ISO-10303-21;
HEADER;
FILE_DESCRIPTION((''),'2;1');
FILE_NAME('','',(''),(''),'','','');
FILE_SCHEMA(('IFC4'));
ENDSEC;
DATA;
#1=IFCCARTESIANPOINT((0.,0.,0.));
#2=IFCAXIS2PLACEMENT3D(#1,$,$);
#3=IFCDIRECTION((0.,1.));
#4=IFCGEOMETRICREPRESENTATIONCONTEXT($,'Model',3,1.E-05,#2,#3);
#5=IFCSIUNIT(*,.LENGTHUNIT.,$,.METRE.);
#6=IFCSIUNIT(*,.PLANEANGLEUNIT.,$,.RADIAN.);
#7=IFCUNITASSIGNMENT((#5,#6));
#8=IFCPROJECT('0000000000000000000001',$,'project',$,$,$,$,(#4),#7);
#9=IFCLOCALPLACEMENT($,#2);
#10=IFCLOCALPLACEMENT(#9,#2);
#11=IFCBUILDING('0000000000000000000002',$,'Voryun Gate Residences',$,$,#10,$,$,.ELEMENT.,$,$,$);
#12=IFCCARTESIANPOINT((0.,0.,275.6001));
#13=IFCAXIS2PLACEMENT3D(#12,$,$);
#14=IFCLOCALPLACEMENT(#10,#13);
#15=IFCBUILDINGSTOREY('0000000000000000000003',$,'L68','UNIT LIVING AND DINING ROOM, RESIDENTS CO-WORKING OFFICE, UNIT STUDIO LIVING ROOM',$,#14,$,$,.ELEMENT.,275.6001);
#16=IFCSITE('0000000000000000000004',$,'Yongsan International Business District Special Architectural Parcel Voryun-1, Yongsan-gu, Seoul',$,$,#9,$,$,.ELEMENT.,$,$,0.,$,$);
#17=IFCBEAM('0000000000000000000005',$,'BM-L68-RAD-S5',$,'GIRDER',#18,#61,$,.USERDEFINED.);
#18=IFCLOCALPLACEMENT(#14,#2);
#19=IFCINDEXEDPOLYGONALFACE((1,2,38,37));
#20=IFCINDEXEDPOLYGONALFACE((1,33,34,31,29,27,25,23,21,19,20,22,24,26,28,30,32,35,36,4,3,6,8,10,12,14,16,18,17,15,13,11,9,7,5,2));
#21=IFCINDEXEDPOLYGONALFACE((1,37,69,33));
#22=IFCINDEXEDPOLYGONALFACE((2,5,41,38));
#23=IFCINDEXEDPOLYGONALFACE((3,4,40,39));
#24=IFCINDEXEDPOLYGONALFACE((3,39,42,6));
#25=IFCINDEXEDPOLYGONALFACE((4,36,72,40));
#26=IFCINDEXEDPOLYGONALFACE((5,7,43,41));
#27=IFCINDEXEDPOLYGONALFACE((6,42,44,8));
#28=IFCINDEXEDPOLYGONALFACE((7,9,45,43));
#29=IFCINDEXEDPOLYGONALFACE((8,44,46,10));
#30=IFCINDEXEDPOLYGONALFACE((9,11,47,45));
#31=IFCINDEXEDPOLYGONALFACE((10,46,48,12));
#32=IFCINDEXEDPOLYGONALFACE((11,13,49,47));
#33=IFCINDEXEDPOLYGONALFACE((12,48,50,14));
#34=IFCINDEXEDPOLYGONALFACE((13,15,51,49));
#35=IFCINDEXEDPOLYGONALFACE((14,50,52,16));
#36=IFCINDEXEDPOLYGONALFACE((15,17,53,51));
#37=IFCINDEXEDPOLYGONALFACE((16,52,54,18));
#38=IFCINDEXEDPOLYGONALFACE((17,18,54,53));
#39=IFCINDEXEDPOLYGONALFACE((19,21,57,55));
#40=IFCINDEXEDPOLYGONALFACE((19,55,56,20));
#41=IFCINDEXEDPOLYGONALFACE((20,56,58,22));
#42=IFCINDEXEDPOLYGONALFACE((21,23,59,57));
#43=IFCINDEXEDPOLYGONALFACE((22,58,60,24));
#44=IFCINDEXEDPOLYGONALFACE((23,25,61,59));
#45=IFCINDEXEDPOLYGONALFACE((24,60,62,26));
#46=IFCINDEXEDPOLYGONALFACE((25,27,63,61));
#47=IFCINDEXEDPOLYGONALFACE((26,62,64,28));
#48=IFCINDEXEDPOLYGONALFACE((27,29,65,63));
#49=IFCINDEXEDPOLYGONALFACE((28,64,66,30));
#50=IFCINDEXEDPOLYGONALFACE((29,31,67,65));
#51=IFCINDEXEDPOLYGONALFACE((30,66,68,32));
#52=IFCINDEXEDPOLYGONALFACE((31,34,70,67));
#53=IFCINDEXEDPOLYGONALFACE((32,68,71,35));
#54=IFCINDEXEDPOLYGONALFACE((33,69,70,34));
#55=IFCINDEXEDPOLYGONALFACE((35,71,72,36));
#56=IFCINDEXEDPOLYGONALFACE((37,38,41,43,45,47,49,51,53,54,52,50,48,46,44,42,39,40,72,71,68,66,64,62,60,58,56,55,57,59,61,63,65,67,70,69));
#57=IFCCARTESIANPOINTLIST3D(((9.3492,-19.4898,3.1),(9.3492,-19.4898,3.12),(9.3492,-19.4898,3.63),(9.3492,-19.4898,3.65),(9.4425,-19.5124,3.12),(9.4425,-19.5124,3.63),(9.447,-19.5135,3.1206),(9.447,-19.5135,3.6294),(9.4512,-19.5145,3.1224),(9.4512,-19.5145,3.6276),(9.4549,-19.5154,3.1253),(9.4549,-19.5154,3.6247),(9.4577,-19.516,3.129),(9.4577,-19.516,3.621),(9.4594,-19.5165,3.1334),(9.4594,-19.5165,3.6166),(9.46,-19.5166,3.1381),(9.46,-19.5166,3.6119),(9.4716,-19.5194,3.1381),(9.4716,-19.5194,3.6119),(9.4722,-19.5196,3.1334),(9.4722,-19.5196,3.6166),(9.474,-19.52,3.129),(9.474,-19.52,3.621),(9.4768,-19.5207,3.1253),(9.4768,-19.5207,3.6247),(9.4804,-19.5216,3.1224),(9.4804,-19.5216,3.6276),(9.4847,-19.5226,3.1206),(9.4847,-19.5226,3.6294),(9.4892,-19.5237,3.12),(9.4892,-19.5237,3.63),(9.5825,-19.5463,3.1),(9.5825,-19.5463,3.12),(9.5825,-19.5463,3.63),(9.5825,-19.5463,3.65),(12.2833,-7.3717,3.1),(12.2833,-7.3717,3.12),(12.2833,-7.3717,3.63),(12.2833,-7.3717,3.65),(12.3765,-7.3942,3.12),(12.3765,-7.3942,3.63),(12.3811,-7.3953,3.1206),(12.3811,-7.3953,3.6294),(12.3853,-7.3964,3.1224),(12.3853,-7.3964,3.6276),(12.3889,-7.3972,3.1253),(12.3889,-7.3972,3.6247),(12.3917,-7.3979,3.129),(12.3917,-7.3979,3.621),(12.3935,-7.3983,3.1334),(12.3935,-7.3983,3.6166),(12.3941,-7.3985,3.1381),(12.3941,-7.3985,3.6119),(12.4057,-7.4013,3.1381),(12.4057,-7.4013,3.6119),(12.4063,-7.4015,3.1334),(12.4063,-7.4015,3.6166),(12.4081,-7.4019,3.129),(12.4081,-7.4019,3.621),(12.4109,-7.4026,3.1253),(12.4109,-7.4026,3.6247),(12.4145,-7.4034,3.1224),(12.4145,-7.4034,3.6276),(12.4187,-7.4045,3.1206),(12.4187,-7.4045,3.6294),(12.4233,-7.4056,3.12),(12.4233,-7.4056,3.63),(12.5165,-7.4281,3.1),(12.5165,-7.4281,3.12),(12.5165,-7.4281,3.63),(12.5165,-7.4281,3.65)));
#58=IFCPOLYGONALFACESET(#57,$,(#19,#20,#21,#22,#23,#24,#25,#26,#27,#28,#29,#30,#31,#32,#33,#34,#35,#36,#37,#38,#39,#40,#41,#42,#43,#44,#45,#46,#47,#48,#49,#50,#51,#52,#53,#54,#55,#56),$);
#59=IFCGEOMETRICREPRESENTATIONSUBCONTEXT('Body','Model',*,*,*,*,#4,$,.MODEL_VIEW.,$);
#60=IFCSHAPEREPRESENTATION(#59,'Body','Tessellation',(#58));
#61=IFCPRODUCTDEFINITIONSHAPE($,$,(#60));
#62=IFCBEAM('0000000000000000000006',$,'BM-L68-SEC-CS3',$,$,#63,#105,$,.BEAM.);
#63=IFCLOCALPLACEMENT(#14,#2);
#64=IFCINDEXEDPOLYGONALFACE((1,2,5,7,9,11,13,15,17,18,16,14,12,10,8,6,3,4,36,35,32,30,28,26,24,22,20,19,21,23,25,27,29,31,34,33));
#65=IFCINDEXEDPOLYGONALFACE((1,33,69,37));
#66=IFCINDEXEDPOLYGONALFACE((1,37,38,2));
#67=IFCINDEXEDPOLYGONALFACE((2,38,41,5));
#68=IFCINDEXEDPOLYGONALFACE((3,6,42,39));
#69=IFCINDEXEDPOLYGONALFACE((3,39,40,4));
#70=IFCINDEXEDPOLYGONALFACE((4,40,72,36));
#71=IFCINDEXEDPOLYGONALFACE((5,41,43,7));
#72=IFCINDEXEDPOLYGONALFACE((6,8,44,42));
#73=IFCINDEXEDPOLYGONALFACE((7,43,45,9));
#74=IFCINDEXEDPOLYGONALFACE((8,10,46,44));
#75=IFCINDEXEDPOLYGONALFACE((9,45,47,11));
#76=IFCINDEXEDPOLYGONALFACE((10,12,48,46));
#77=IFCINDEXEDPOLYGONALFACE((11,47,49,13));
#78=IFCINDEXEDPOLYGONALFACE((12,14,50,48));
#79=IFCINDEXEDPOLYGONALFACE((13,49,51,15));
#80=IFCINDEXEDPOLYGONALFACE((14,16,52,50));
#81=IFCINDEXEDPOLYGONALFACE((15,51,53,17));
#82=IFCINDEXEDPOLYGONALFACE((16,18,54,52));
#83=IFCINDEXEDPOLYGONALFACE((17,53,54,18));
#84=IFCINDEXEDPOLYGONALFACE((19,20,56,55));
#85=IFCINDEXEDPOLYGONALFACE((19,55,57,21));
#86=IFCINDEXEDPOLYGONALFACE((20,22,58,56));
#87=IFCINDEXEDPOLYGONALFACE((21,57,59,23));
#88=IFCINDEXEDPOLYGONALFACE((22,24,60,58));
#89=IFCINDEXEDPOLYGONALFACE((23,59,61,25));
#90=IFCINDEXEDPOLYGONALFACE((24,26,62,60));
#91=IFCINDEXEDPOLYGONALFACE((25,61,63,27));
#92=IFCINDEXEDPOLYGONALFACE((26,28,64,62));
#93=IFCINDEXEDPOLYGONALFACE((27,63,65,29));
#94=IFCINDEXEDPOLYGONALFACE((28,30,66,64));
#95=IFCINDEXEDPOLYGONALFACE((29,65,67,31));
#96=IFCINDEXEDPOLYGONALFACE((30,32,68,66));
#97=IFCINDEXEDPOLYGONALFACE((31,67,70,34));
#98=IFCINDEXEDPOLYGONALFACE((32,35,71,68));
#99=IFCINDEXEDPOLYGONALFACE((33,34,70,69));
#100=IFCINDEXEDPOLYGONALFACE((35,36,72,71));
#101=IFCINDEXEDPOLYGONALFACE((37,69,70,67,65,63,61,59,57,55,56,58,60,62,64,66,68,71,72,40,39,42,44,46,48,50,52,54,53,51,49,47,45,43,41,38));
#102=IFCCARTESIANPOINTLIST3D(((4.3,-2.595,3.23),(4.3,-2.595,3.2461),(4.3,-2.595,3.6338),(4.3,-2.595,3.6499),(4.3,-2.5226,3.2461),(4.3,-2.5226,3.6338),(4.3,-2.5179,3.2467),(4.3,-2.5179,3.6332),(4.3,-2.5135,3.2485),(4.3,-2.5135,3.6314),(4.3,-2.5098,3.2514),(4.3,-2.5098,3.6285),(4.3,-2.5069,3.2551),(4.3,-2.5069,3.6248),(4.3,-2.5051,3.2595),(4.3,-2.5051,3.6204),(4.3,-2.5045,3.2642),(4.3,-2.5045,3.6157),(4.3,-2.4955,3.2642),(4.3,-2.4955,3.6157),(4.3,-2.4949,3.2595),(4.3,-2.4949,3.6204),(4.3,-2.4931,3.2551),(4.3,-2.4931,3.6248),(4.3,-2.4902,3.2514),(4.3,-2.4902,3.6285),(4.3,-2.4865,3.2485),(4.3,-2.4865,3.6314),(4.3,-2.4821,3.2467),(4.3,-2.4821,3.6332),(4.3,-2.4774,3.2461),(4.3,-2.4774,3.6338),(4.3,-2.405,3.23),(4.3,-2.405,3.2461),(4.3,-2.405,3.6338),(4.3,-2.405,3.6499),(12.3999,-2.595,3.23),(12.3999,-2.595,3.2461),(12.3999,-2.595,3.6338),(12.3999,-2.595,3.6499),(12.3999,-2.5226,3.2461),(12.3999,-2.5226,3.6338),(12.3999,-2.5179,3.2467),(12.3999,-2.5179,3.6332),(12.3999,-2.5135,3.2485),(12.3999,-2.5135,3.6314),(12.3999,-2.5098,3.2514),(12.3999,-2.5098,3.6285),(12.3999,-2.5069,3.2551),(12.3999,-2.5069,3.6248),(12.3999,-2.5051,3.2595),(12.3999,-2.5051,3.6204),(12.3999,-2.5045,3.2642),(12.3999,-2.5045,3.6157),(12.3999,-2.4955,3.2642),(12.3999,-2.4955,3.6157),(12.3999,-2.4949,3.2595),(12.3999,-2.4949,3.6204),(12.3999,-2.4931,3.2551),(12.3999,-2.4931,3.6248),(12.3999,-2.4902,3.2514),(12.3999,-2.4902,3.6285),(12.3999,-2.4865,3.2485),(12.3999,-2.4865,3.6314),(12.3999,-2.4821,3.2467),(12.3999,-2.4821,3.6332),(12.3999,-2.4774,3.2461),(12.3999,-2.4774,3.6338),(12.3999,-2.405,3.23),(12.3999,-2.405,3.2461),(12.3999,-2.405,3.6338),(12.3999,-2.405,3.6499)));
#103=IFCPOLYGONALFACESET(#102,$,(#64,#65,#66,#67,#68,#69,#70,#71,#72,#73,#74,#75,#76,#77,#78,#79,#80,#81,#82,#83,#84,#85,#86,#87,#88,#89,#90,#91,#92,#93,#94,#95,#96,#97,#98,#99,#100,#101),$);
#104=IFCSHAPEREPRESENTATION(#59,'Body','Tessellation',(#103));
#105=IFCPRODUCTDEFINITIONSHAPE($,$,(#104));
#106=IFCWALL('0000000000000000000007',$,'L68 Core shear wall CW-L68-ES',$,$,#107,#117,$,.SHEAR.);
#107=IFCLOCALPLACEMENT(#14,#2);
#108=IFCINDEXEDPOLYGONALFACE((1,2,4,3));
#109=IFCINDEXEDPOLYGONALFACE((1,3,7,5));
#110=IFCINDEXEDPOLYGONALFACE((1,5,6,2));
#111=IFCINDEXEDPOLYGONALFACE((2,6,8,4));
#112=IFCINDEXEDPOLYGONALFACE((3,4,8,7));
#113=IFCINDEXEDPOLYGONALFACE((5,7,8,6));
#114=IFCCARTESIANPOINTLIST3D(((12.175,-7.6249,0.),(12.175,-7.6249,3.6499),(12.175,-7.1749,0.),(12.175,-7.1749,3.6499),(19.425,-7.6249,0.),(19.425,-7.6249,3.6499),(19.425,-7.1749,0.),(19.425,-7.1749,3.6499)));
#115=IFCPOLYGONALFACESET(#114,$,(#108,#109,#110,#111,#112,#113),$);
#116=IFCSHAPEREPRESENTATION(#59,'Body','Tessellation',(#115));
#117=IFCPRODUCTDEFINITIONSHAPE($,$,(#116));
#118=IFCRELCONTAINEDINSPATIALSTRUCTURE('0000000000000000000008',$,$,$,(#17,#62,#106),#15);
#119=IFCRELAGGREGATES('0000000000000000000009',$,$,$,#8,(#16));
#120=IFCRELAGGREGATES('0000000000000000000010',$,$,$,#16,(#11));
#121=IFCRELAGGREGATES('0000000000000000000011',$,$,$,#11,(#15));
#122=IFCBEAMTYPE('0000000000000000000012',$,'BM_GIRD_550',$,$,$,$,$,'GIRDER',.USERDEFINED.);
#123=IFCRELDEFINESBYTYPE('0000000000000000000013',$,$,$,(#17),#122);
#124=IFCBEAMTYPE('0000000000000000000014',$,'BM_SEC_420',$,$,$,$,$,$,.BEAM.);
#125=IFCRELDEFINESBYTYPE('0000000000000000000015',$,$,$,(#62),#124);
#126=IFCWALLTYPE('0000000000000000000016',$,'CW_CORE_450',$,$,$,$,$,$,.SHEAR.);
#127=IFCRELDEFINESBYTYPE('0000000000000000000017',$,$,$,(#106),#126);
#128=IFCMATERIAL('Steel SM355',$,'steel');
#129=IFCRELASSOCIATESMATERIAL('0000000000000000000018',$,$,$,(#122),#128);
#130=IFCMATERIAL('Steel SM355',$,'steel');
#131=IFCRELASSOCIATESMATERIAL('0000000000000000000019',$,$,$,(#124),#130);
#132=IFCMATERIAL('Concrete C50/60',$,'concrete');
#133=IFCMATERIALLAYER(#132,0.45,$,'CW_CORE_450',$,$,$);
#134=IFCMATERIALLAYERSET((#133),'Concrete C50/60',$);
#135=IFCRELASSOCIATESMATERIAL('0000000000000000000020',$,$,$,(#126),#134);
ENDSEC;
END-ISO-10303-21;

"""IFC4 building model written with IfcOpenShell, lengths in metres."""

from ifc_helpers import new_model, si_unit, direction, frame, frame_2d, origin, origin_2d, place, context, subcontext, project, spatial, rectangle, i_section, extrude, material, layer, layer_set, material_profile, profile_set, type_object, element, save


model = new_model("IFC4")

# Units and contexts
model_context = context("Model", 3, precision=1e-05, world=origin(), true_north=direction((0.0, 1.0)))
body_context = subcontext(model_context, "Body", "Model", "MODEL_VIEW")
ifc_project = project(units=[si_unit("LENGTHUNIT", "METRE"), si_unit("PLANEANGLEUNIT", "RADIAN")], contexts=[model_context])

# Site, building, storey
site_placement = place(None, origin())
site = spatial("IfcSite", under=ifc_project, at=site_placement, Name="Yongsan International Business District Special Architectural Parcel Voryun-1, Yongsan-gu, Seoul", CompositionType="ELEMENT", RefElevation=0.0)
building_placement = place(site_placement, origin())
building = spatial("IfcBuilding", under=site, at=building_placement, Name="Voryun Gate Residences", CompositionType="ELEMENT")
storey_placement = place(building_placement, frame((0.0, 0.0, 275.6001)))
storey = spatial("IfcBuildingStorey", under=building, at=storey_placement, Name="L68", Description="UNIT LIVING AND DINING ROOM, RESIDENTS CO-WORKING OFFICE, UNIT STUDIO LIVING ROOM", CompositionType="ELEMENT", Elevation=275.6001)

# Beams
ifc_material_1 = material(Name="Steel SM355", Category="steel")
ifc_material_profile_1 = material_profile(ifc_material_1, i_section(OverallWidth=0.24, OverallDepth=0.55, WebThickness=0.012, FlangeThickness=0.02, FilletRadius=0.0181, at=origin_2d()), Name="H-550x240x12x20")
ifc_profile_set_1 = profile_set([ifc_material_profile_1], Name="Steel SM355")
beam_type_1 = type_object("IfcBeamType", Name="BM_GIRD_550", ElementType="GIRDER", PredefinedType="USERDEFINED", material=ifc_profile_set_1)
beam_1_placement = place(storey_placement, frame((12.3999, -7.3999, 3.375), z_axis=(-0.235323, -0.971917, 0.0), x_axis=(0.971917, -0.235323, 0.0)))
element("IfcBeam", 1, at=beam_1_placement, inside=storey, type_object=beam_type_1, Name="BM-L68-RAD-S5", ObjectType="GIRDER", PredefinedType="USERDEFINED", context=body_context, shape_type="SweptSolid", body=[
    extrude(i_section(OverallWidth=0.24, OverallDepth=0.55, WebThickness=0.012, FlangeThickness=0.02, FilletRadius=0.0181, at=origin_2d()), origin(), (0.0, 0.0, 1.0), 12.4683),
])
ifc_material_2 = material(Name="Steel SM355", Category="steel")
ifc_material_profile_2 = material_profile(ifc_material_2, i_section(OverallWidth=0.1899, OverallDepth=0.4199, WebThickness=0.009, FlangeThickness=0.0161, FilletRadius=0.0181, at=origin_2d()), Name="H-420x190x9x16")
ifc_profile_set_2 = profile_set([ifc_material_profile_2], Name="Steel SM355")
beam_type_2 = type_object("IfcBeamType", Name="BM_SEC_420", PredefinedType="BEAM", material=ifc_profile_set_2)
beam_2_placement = place(storey_placement, frame((4.3, -2.5, 3.4399), z_axis=(1.0, 0.0, 0.0), x_axis=(0.0, 1.0, 0.0)))
element("IfcBeam", 2, at=beam_2_placement, inside=storey, type_object=beam_type_2, Name="BM-L68-SEC-CS3", PredefinedType="BEAM", context=body_context, shape_type="SweptSolid", body=[
    extrude(i_section(OverallWidth=0.1899, OverallDepth=0.4199, WebThickness=0.009, FlangeThickness=0.0161, FilletRadius=0.0181, at=origin_2d()), origin(), (0.0, 0.0, 1.0), 8.0999),
])

# Wall
ifc_material_3 = material(Name="Concrete C50/60", Category="concrete")
ifc_layer_1 = layer(ifc_material_3, 0.45, Name="CW_CORE_450")
ifc_layer_set_1 = layer_set([ifc_layer_1], Name="Concrete C50/60")
wall_type_1 = type_object("IfcWallType", Name="CW_CORE_450", PredefinedType="SHEAR", material=ifc_layer_set_1)
wall_1_placement = place(storey_placement, frame((12.175, -7.3999, 0.0), z_axis=(0.0, 0.0, 1.0), x_axis=(1.0, 0.0, 0.0)))
element("IfcWall", 3, at=wall_1_placement, inside=storey, type_object=wall_type_1, Name="L68 Core shear wall CW-L68-ES", PredefinedType="SHEAR", context=body_context, shape_type="SweptSolid", body=[
    extrude(rectangle(XDim=7.25, YDim=0.45, at=frame_2d((3.625, 0.0))), origin(), (0.0, 0.0, 1.0), 3.6499),
])

save(model, "model.ifc")
